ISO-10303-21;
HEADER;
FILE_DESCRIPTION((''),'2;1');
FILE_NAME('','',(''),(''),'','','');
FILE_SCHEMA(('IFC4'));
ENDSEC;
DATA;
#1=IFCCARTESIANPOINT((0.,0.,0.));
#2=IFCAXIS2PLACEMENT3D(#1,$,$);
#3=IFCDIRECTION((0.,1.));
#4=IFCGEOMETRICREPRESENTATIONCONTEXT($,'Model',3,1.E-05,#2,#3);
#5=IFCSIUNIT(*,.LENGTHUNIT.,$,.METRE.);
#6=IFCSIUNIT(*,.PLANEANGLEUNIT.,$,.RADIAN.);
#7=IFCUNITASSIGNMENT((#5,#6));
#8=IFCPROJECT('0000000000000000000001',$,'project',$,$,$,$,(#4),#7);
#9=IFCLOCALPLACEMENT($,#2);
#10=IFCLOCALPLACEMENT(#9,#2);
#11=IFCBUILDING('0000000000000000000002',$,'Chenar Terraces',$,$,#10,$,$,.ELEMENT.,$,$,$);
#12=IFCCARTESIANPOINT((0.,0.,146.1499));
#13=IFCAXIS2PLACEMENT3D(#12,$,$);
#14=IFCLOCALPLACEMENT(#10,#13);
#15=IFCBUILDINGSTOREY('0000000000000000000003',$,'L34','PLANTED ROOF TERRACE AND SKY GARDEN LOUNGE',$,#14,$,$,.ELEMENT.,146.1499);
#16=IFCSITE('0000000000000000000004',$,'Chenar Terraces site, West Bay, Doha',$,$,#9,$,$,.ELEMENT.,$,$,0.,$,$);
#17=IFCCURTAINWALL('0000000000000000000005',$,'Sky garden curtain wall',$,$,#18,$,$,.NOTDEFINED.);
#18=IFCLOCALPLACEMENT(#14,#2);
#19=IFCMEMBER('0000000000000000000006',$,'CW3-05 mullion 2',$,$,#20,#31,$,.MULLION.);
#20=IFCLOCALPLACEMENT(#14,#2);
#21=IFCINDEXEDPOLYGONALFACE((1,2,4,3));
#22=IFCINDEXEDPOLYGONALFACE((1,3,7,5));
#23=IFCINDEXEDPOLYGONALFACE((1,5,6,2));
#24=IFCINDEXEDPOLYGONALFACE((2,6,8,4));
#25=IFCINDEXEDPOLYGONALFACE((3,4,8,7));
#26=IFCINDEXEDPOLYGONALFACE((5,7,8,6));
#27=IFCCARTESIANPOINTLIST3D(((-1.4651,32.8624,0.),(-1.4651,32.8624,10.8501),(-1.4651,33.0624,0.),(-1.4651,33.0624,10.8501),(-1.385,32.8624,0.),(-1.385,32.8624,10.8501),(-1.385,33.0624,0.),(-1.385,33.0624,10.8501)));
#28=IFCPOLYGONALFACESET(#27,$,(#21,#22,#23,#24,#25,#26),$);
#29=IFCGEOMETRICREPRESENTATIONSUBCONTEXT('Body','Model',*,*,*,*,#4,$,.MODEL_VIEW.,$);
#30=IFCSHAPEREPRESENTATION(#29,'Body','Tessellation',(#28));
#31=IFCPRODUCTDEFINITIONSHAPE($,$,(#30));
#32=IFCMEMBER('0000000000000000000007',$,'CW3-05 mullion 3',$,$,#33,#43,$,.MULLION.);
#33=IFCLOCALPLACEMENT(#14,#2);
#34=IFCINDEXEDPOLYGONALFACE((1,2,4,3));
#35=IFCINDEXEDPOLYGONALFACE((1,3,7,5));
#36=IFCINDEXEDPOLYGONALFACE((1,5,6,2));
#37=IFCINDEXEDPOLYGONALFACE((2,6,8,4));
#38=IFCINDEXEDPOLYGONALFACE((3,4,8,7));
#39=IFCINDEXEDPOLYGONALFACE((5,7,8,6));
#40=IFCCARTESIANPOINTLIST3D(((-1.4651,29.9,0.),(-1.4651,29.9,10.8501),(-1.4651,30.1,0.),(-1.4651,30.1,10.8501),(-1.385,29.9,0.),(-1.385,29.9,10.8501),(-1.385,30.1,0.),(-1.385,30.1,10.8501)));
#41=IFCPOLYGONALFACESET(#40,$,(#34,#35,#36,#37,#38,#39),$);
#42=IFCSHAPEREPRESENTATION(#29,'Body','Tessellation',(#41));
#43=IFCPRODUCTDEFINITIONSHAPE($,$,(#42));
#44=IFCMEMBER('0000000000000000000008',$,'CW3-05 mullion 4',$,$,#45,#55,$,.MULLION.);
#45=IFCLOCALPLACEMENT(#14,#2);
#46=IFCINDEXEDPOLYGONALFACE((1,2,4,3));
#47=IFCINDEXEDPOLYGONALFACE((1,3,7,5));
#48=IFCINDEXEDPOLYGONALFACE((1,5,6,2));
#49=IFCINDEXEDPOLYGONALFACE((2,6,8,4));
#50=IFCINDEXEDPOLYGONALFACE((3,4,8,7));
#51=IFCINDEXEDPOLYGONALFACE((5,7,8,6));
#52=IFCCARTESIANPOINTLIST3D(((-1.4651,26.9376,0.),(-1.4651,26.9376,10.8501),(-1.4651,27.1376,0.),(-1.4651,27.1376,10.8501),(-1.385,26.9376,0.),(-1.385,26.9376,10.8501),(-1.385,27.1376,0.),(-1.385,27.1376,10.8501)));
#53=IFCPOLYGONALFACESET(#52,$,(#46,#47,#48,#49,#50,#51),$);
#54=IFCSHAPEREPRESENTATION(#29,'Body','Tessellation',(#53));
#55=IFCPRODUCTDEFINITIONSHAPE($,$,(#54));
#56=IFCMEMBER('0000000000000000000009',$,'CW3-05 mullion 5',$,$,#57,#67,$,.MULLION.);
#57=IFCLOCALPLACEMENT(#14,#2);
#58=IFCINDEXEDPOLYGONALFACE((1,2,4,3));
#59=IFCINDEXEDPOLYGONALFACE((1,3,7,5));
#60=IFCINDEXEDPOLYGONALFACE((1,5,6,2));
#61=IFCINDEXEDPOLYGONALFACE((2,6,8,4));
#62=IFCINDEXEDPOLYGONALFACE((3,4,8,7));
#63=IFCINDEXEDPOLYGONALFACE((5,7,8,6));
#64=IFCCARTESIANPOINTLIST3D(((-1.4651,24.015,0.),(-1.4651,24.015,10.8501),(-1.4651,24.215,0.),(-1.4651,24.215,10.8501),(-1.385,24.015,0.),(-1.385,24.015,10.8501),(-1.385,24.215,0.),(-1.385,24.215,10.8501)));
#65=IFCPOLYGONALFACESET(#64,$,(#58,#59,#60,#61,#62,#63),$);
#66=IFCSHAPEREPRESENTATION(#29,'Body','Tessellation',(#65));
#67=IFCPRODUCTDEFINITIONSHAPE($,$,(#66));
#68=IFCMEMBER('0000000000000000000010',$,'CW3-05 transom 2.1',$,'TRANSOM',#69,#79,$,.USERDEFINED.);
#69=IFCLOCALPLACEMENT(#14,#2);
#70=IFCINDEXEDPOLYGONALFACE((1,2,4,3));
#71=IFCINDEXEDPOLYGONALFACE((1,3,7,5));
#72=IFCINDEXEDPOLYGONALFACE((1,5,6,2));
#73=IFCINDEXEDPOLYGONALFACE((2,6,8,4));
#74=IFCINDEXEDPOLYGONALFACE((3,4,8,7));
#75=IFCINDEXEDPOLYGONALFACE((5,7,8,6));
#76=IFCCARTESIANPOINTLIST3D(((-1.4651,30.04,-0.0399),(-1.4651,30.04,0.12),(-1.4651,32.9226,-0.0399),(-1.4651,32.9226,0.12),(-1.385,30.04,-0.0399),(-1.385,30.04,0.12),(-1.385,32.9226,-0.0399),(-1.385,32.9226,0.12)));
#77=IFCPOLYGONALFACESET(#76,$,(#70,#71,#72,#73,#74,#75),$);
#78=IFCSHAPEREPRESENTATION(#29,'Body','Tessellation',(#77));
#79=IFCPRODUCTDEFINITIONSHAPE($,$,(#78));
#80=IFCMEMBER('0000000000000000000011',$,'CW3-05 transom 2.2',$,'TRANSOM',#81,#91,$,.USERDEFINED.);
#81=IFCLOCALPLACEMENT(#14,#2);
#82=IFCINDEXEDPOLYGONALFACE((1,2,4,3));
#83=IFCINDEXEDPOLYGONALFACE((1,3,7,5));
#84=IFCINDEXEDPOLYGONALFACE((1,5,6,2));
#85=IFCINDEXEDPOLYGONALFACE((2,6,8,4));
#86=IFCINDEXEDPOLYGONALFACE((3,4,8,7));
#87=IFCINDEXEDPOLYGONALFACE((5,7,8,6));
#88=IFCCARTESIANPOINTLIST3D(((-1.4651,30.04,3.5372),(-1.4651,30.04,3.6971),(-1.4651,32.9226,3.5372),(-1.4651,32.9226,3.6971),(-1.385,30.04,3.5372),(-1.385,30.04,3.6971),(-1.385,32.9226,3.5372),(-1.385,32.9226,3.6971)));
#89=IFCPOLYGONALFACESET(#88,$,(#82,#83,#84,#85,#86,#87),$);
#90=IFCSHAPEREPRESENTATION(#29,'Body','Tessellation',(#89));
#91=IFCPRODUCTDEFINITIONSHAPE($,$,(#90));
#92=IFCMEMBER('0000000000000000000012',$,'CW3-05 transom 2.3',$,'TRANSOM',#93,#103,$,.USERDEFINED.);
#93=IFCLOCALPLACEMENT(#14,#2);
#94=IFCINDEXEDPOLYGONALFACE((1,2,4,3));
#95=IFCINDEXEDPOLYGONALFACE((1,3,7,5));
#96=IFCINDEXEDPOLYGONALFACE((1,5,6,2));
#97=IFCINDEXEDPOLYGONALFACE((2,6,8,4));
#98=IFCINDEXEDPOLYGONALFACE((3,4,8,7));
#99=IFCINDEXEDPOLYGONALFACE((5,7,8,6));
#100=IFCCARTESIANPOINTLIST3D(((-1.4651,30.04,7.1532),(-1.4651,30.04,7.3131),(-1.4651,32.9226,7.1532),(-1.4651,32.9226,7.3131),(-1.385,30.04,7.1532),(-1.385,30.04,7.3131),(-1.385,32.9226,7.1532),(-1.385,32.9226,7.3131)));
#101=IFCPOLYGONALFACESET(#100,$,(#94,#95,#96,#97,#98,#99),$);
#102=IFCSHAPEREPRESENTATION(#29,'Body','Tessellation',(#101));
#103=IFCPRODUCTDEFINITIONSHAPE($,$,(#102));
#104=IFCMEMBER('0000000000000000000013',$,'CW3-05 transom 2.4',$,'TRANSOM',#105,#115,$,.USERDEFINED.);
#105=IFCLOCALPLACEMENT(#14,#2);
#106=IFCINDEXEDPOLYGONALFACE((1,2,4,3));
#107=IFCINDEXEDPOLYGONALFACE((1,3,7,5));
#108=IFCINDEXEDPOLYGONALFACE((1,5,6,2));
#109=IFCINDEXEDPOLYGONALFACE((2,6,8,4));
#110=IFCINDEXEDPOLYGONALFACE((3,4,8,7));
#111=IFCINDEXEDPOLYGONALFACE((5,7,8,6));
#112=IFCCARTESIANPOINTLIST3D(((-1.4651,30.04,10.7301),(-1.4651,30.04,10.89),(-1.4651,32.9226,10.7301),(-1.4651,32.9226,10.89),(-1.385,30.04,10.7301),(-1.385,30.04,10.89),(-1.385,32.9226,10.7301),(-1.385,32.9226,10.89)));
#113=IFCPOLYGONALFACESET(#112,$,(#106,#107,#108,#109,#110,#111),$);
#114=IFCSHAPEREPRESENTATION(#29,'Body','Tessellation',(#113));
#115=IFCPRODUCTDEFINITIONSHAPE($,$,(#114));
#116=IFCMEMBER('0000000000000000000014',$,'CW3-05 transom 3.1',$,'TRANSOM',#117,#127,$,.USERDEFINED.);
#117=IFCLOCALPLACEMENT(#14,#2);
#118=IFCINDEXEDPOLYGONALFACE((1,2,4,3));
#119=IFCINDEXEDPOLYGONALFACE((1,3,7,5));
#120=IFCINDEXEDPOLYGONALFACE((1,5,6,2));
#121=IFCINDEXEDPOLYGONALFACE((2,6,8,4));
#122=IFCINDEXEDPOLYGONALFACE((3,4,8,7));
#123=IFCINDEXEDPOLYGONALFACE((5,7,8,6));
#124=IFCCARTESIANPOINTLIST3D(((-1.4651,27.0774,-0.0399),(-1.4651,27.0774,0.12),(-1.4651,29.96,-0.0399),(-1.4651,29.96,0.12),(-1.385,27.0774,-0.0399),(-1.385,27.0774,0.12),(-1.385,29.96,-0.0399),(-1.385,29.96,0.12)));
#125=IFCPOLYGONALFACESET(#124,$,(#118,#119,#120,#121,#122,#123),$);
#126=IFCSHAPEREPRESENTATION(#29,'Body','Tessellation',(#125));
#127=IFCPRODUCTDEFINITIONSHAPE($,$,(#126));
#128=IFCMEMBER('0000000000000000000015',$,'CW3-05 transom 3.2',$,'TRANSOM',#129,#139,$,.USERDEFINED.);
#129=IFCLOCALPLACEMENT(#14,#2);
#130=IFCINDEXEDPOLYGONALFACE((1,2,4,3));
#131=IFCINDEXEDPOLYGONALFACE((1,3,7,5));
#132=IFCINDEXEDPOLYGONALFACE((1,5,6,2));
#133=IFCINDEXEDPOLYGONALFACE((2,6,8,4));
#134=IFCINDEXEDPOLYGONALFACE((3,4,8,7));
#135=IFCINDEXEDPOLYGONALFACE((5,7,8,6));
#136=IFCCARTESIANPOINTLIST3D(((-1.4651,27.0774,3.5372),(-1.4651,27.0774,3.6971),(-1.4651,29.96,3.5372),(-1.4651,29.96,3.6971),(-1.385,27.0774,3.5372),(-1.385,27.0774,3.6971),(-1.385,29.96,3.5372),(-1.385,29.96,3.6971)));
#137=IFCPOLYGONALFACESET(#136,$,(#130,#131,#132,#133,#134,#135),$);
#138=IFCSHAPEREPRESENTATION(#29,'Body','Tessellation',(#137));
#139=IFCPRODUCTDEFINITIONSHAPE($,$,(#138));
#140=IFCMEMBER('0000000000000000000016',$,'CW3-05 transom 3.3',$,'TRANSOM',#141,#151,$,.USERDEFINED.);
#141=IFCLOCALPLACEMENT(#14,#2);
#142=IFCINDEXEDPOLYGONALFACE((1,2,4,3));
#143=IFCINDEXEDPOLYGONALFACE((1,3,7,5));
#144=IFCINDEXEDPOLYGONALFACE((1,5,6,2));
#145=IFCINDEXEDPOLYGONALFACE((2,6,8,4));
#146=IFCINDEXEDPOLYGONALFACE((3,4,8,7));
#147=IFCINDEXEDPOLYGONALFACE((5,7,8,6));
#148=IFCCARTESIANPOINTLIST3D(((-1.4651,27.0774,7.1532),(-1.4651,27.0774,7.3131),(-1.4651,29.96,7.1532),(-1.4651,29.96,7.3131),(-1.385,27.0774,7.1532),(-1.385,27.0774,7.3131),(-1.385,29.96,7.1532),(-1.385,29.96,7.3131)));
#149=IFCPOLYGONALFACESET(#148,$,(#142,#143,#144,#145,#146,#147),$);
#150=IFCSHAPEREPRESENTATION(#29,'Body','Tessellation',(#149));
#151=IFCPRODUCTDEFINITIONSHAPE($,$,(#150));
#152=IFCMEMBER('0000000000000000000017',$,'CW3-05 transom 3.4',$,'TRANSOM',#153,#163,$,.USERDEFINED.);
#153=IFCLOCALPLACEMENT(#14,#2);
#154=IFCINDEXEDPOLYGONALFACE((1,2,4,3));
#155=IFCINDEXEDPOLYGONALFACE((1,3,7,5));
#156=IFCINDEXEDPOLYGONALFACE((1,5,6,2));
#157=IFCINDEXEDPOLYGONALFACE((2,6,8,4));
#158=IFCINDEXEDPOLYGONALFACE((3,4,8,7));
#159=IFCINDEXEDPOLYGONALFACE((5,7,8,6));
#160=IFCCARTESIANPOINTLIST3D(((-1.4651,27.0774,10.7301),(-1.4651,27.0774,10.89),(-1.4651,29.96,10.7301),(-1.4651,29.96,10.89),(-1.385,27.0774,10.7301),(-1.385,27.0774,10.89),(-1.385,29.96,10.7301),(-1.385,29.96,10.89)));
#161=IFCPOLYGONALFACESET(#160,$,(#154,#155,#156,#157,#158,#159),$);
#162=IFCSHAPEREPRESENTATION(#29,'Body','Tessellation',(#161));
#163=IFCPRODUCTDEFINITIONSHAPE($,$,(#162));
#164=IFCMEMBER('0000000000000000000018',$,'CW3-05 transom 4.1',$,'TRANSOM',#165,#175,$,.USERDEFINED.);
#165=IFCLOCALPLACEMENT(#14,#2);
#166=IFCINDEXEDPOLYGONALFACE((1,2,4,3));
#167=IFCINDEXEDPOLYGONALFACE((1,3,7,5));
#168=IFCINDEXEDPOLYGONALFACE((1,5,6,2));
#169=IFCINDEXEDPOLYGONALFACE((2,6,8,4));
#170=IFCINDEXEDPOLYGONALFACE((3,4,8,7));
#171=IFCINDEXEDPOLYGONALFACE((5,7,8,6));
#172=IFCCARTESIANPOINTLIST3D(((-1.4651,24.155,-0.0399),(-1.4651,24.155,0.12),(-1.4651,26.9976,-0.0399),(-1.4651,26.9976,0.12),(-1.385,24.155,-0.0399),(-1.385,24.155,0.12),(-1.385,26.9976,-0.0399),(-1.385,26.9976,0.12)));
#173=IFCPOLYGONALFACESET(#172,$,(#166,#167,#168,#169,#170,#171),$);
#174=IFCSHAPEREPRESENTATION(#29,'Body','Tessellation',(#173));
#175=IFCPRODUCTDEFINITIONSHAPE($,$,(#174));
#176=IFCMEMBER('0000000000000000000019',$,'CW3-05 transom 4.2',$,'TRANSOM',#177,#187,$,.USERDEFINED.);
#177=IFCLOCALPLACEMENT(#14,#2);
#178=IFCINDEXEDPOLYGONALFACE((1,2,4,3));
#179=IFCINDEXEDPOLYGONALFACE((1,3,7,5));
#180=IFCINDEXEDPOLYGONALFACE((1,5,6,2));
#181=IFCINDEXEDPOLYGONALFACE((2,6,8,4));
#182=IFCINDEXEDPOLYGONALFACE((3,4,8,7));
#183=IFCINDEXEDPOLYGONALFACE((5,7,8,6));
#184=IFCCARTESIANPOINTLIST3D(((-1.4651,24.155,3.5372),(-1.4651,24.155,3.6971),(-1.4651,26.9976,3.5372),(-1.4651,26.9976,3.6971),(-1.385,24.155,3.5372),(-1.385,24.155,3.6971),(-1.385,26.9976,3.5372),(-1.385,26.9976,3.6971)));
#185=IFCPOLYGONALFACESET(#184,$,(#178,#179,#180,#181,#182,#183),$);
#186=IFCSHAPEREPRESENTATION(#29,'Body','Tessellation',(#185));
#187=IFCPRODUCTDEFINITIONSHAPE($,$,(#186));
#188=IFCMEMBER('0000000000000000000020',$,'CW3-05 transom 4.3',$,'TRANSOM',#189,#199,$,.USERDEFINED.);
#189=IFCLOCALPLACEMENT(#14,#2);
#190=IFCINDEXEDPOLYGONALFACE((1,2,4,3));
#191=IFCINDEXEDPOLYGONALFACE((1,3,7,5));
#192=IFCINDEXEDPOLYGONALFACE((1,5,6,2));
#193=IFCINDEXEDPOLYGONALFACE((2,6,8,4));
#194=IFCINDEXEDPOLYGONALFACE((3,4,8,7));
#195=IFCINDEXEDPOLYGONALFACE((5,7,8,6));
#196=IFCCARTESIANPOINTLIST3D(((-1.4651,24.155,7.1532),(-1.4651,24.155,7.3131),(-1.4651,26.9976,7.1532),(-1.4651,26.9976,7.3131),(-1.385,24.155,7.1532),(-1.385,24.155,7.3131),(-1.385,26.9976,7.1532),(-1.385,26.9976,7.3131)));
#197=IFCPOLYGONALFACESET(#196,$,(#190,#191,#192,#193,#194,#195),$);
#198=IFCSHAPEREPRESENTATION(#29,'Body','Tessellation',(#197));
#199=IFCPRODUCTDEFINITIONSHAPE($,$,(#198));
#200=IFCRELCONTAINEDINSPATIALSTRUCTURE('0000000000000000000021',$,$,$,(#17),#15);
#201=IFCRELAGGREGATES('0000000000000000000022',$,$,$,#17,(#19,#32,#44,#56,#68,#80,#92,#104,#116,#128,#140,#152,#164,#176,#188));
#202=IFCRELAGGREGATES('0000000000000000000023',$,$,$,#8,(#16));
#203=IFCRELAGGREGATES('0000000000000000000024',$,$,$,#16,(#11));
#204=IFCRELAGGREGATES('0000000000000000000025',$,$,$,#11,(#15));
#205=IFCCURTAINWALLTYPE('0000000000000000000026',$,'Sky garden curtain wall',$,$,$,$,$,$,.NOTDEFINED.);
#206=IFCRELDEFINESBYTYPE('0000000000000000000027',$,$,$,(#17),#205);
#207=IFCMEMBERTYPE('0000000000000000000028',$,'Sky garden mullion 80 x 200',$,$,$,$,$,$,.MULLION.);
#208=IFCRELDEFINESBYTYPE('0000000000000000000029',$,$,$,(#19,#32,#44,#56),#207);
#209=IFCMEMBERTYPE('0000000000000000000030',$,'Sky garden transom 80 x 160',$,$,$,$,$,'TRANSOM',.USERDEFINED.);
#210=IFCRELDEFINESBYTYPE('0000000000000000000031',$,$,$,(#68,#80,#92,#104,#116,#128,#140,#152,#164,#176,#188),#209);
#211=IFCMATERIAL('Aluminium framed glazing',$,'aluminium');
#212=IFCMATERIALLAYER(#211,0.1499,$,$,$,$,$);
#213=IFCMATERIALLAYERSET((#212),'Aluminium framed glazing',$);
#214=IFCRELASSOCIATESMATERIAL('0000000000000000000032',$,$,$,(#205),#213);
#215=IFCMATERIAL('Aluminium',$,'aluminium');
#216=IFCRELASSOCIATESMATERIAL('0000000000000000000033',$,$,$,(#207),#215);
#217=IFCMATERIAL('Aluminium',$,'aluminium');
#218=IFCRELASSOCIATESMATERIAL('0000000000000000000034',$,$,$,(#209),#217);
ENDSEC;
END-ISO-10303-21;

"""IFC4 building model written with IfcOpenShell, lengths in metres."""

from ifc_helpers import new_model, si_unit, direction, frame, origin, origin_2d, place, context, subcontext, project, spatial, rectangle, extrude, material, layer, layer_set, material_profile, profile_set, type_object, element, aggregate, save


model = new_model("IFC4")

# Units and contexts
model_context = context("Model", 3, precision=1e-05, world=origin(), true_north=direction((0.0, 1.0)))
body_context = subcontext(model_context, "Body", "Model", "MODEL_VIEW")
ifc_project = project(units=[si_unit("LENGTHUNIT", "METRE"), si_unit("PLANEANGLEUNIT", "RADIAN")], contexts=[model_context])

# Site, building, storey
site_placement = place(None, origin())
site = spatial("IfcSite", under=ifc_project, at=site_placement, Name="Chenar Terraces site, West Bay, Doha", CompositionType="ELEMENT", RefElevation=0.0)
building_placement = place(site_placement, origin())
building = spatial("IfcBuilding", under=site, at=building_placement, Name="Chenar Terraces", CompositionType="ELEMENT")
storey_placement = place(building_placement, frame((0.0, 0.0, 146.1499)))
storey = spatial("IfcBuildingStorey", under=building, at=storey_placement, Name="L34", Description="PLANTED ROOF TERRACE AND SKY GARDEN LOUNGE", CompositionType="ELEMENT", Elevation=146.1499)

# Curtain wall, members
ifc_material_1 = material(Name="Aluminium framed glazing", Category="aluminium")
ifc_layer_1 = layer(ifc_material_1, 0.1499)
ifc_layer_set_1 = layer_set([ifc_layer_1], Name="Aluminium framed glazing")
curtain_wall_type = type_object("IfcCurtainWallType", Name="Sky garden curtain wall", PredefinedType="NOTDEFINED", material=ifc_layer_set_1)
curtain_wall_placement = place(storey_placement, origin())
curtain_wall = element("IfcCurtainWall", 1, at=curtain_wall_placement, inside=storey, type_object=curtain_wall_type, Name="Sky garden curtain wall", PredefinedType="NOTDEFINED")
ifc_material_2 = material(Name="Aluminium", Category="aluminium")
ifc_material_profile_1 = material_profile(ifc_material_2, rectangle(XDim=0.0801, YDim=0.2, at=origin_2d()), Name="Sky garden mullion 80 x 200")
ifc_profile_set_1 = profile_set([ifc_material_profile_1], Name="Aluminium")
member_type_1 = type_object("IfcMemberType", Name="Sky garden mullion 80 x 200", PredefinedType="MULLION", material=ifc_profile_set_1)
member_1_placement = place(storey_placement, frame((-1.425, 32.9624, 0.0), z_axis=(0.0, 0.0, 1.0), x_axis=(1.0, 0.0, 0.0)))
member_1 = element("IfcMember", 2, at=member_1_placement, type_object=member_type_1, Name="CW3-05 mullion 2", PredefinedType="MULLION", context=body_context, shape_type="SweptSolid", body=[
    extrude(rectangle(XDim=0.0801, YDim=0.2, at=origin_2d()), origin(), (0.0, 0.0, 1.0), 10.8501),
])
member_2_placement = place(storey_placement, frame((-1.425, 30.0, 0.0), z_axis=(0.0, 0.0, 1.0), x_axis=(1.0, 0.0, 0.0)))
member_2 = element("IfcMember", 3, at=member_2_placement, type_object=member_type_1, Name="CW3-05 mullion 3", PredefinedType="MULLION", context=body_context, shape_type="SweptSolid", body=[
    extrude(rectangle(XDim=0.0801, YDim=0.2, at=origin_2d()), origin(), (0.0, 0.0, 1.0), 10.8501),
])
member_3_placement = place(storey_placement, frame((-1.425, 27.0376, 0.0), z_axis=(0.0, 0.0, 1.0), x_axis=(1.0, 0.0, 0.0)))
member_3 = element("IfcMember", 4, at=member_3_placement, type_object=member_type_1, Name="CW3-05 mullion 4", PredefinedType="MULLION", context=body_context, shape_type="SweptSolid", body=[
    extrude(rectangle(XDim=0.0801, YDim=0.2, at=origin_2d()), origin(), (0.0, 0.0, 1.0), 10.8501),
])
member_4_placement = place(storey_placement, frame((-1.425, 24.115, 0.0), z_axis=(0.0, 0.0, 1.0), x_axis=(1.0, 0.0, 0.0)))
member_4 = element("IfcMember", 5, at=member_4_placement, type_object=member_type_1, Name="CW3-05 mullion 5", PredefinedType="MULLION", context=body_context, shape_type="SweptSolid", body=[
    extrude(rectangle(XDim=0.0801, YDim=0.2, at=origin_2d()), origin(), (0.0, 0.0, 1.0), 10.8501),
])
ifc_material_3 = material(Name="Aluminium", Category="aluminium")
ifc_material_profile_2 = material_profile(ifc_material_3, rectangle(XDim=0.0801, YDim=0.1599, at=origin_2d()), Name="Sky garden transom 80 x 160")
ifc_profile_set_2 = profile_set([ifc_material_profile_2], Name="Aluminium")
member_type_2 = type_object("IfcMemberType", Name="Sky garden transom 80 x 160", ElementType="TRANSOM", PredefinedType="USERDEFINED", material=ifc_profile_set_2)
member_5_placement = place(storey_placement, frame((-1.425, 32.9226, 0.04), z_axis=(0.0, -1.0, 0.0), x_axis=(1.0, 0.0, 0.0)))
member_5 = element("IfcMember", 6, at=member_5_placement, type_object=member_type_2, Name="CW3-05 transom 2.1", ObjectType="TRANSOM", PredefinedType="USERDEFINED", context=body_context, shape_type="SweptSolid", body=[
    extrude(rectangle(XDim=0.0801, YDim=0.1599, at=origin_2d()), origin(), (0.0, 0.0, 1.0), 2.8826),
])
member_6_placement = place(storey_placement, frame((-1.425, 32.9226, 3.6172), z_axis=(0.0, -1.0, 0.0), x_axis=(1.0, 0.0, 0.0)))
member_6 = element("IfcMember", 7, at=member_6_placement, type_object=member_type_2, Name="CW3-05 transom 2.2", ObjectType="TRANSOM", PredefinedType="USERDEFINED", context=body_context, shape_type="SweptSolid", body=[
    extrude(rectangle(XDim=0.0801, YDim=0.1599, at=origin_2d()), origin(), (0.0, 0.0, 1.0), 2.8826),
])
member_7_placement = place(storey_placement, frame((-1.425, 32.9226, 7.2332), z_axis=(0.0, -1.0, 0.0), x_axis=(1.0, 0.0, 0.0)))
member_7 = element("IfcMember", 8, at=member_7_placement, type_object=member_type_2, Name="CW3-05 transom 2.3", ObjectType="TRANSOM", PredefinedType="USERDEFINED", context=body_context, shape_type="SweptSolid", body=[
    extrude(rectangle(XDim=0.0801, YDim=0.1599, at=origin_2d()), origin(), (0.0, 0.0, 1.0), 2.8826),
])
member_8_placement = place(storey_placement, frame((-1.425, 32.9226, 10.8101), z_axis=(0.0, -1.0, 0.0), x_axis=(1.0, 0.0, 0.0)))
member_8 = element("IfcMember", 9, at=member_8_placement, type_object=member_type_2, Name="CW3-05 transom 2.4", ObjectType="TRANSOM", PredefinedType="USERDEFINED", context=body_context, shape_type="SweptSolid", body=[
    extrude(rectangle(XDim=0.0801, YDim=0.1599, at=origin_2d()), origin(), (0.0, 0.0, 1.0), 2.8826),
])
member_9_placement = place(storey_placement, frame((-1.425, 29.96, 0.04), z_axis=(0.0, -1.0, 0.0), x_axis=(1.0, 0.0, 0.0)))
member_9 = element("IfcMember", 10, at=member_9_placement, type_object=member_type_2, Name="CW3-05 transom 3.1", ObjectType="TRANSOM", PredefinedType="USERDEFINED", context=body_context, shape_type="SweptSolid", body=[
    extrude(rectangle(XDim=0.0801, YDim=0.1599, at=origin_2d()), origin(), (0.0, 0.0, 1.0), 2.8826),
])
member_10_placement = place(storey_placement, frame((-1.425, 29.96, 3.6172), z_axis=(0.0, -1.0, 0.0), x_axis=(1.0, 0.0, 0.0)))
member_10 = element("IfcMember", 11, at=member_10_placement, type_object=member_type_2, Name="CW3-05 transom 3.2", ObjectType="TRANSOM", PredefinedType="USERDEFINED", context=body_context, shape_type="SweptSolid", body=[
    extrude(rectangle(XDim=0.0801, YDim=0.1599, at=origin_2d()), origin(), (0.0, 0.0, 1.0), 2.8826),
])
member_11_placement = place(storey_placement, frame((-1.425, 29.96, 7.2332), z_axis=(0.0, -1.0, 0.0), x_axis=(1.0, 0.0, 0.0)))
member_11 = element("IfcMember", 12, at=member_11_placement, type_object=member_type_2, Name="CW3-05 transom 3.3", ObjectType="TRANSOM", PredefinedType="USERDEFINED", context=body_context, shape_type="SweptSolid", body=[
    extrude(rectangle(XDim=0.0801, YDim=0.1599, at=origin_2d()), origin(), (0.0, 0.0, 1.0), 2.8826),
])
member_12_placement = place(storey_placement, frame((-1.425, 29.96, 10.8101), z_axis=(0.0, -1.0, 0.0), x_axis=(1.0, 0.0, 0.0)))
member_12 = element("IfcMember", 13, at=member_12_placement, type_object=member_type_2, Name="CW3-05 transom 3.4", ObjectType="TRANSOM", PredefinedType="USERDEFINED", context=body_context, shape_type="SweptSolid", body=[
    extrude(rectangle(XDim=0.0801, YDim=0.1599, at=origin_2d()), origin(), (0.0, 0.0, 1.0), 2.8826),
])
member_13_placement = place(storey_placement, frame((-1.425, 26.9976, 0.04), z_axis=(0.0, -1.0, 0.0), x_axis=(1.0, 0.0, 0.0)))
member_13 = element("IfcMember", 14, at=member_13_placement, type_object=member_type_2, Name="CW3-05 transom 4.1", ObjectType="TRANSOM", PredefinedType="USERDEFINED", context=body_context, shape_type="SweptSolid", body=[
    extrude(rectangle(XDim=0.0801, YDim=0.1599, at=origin_2d()), origin(), (0.0, 0.0, 1.0), 2.8425),
])
member_14_placement = place(storey_placement, frame((-1.425, 26.9976, 3.6172), z_axis=(0.0, -1.0, 0.0), x_axis=(1.0, 0.0, 0.0)))
member_14 = element("IfcMember", 15, at=member_14_placement, type_object=member_type_2, Name="CW3-05 transom 4.2", ObjectType="TRANSOM", PredefinedType="USERDEFINED", context=body_context, shape_type="SweptSolid", body=[
    extrude(rectangle(XDim=0.0801, YDim=0.1599, at=origin_2d()), origin(), (0.0, 0.0, 1.0), 2.8425),
])
member_15_placement = place(storey_placement, frame((-1.425, 26.9976, 7.2332), z_axis=(0.0, -1.0, 0.0), x_axis=(1.0, 0.0, 0.0)))
member_15 = element("IfcMember", 16, at=member_15_placement, type_object=member_type_2, Name="CW3-05 transom 4.3", ObjectType="TRANSOM", PredefinedType="USERDEFINED", context=body_context, shape_type="SweptSolid", body=[
    extrude(rectangle(XDim=0.0801, YDim=0.1599, at=origin_2d()), origin(), (0.0, 0.0, 1.0), 2.8425),
])
aggregate(curtain_wall, [member_1, member_2, member_3, member_4, member_5, member_6, member_7, member_8, member_9, member_10, member_11, member_12, member_13, member_14, member_15])

save(model, "model.ifc")
